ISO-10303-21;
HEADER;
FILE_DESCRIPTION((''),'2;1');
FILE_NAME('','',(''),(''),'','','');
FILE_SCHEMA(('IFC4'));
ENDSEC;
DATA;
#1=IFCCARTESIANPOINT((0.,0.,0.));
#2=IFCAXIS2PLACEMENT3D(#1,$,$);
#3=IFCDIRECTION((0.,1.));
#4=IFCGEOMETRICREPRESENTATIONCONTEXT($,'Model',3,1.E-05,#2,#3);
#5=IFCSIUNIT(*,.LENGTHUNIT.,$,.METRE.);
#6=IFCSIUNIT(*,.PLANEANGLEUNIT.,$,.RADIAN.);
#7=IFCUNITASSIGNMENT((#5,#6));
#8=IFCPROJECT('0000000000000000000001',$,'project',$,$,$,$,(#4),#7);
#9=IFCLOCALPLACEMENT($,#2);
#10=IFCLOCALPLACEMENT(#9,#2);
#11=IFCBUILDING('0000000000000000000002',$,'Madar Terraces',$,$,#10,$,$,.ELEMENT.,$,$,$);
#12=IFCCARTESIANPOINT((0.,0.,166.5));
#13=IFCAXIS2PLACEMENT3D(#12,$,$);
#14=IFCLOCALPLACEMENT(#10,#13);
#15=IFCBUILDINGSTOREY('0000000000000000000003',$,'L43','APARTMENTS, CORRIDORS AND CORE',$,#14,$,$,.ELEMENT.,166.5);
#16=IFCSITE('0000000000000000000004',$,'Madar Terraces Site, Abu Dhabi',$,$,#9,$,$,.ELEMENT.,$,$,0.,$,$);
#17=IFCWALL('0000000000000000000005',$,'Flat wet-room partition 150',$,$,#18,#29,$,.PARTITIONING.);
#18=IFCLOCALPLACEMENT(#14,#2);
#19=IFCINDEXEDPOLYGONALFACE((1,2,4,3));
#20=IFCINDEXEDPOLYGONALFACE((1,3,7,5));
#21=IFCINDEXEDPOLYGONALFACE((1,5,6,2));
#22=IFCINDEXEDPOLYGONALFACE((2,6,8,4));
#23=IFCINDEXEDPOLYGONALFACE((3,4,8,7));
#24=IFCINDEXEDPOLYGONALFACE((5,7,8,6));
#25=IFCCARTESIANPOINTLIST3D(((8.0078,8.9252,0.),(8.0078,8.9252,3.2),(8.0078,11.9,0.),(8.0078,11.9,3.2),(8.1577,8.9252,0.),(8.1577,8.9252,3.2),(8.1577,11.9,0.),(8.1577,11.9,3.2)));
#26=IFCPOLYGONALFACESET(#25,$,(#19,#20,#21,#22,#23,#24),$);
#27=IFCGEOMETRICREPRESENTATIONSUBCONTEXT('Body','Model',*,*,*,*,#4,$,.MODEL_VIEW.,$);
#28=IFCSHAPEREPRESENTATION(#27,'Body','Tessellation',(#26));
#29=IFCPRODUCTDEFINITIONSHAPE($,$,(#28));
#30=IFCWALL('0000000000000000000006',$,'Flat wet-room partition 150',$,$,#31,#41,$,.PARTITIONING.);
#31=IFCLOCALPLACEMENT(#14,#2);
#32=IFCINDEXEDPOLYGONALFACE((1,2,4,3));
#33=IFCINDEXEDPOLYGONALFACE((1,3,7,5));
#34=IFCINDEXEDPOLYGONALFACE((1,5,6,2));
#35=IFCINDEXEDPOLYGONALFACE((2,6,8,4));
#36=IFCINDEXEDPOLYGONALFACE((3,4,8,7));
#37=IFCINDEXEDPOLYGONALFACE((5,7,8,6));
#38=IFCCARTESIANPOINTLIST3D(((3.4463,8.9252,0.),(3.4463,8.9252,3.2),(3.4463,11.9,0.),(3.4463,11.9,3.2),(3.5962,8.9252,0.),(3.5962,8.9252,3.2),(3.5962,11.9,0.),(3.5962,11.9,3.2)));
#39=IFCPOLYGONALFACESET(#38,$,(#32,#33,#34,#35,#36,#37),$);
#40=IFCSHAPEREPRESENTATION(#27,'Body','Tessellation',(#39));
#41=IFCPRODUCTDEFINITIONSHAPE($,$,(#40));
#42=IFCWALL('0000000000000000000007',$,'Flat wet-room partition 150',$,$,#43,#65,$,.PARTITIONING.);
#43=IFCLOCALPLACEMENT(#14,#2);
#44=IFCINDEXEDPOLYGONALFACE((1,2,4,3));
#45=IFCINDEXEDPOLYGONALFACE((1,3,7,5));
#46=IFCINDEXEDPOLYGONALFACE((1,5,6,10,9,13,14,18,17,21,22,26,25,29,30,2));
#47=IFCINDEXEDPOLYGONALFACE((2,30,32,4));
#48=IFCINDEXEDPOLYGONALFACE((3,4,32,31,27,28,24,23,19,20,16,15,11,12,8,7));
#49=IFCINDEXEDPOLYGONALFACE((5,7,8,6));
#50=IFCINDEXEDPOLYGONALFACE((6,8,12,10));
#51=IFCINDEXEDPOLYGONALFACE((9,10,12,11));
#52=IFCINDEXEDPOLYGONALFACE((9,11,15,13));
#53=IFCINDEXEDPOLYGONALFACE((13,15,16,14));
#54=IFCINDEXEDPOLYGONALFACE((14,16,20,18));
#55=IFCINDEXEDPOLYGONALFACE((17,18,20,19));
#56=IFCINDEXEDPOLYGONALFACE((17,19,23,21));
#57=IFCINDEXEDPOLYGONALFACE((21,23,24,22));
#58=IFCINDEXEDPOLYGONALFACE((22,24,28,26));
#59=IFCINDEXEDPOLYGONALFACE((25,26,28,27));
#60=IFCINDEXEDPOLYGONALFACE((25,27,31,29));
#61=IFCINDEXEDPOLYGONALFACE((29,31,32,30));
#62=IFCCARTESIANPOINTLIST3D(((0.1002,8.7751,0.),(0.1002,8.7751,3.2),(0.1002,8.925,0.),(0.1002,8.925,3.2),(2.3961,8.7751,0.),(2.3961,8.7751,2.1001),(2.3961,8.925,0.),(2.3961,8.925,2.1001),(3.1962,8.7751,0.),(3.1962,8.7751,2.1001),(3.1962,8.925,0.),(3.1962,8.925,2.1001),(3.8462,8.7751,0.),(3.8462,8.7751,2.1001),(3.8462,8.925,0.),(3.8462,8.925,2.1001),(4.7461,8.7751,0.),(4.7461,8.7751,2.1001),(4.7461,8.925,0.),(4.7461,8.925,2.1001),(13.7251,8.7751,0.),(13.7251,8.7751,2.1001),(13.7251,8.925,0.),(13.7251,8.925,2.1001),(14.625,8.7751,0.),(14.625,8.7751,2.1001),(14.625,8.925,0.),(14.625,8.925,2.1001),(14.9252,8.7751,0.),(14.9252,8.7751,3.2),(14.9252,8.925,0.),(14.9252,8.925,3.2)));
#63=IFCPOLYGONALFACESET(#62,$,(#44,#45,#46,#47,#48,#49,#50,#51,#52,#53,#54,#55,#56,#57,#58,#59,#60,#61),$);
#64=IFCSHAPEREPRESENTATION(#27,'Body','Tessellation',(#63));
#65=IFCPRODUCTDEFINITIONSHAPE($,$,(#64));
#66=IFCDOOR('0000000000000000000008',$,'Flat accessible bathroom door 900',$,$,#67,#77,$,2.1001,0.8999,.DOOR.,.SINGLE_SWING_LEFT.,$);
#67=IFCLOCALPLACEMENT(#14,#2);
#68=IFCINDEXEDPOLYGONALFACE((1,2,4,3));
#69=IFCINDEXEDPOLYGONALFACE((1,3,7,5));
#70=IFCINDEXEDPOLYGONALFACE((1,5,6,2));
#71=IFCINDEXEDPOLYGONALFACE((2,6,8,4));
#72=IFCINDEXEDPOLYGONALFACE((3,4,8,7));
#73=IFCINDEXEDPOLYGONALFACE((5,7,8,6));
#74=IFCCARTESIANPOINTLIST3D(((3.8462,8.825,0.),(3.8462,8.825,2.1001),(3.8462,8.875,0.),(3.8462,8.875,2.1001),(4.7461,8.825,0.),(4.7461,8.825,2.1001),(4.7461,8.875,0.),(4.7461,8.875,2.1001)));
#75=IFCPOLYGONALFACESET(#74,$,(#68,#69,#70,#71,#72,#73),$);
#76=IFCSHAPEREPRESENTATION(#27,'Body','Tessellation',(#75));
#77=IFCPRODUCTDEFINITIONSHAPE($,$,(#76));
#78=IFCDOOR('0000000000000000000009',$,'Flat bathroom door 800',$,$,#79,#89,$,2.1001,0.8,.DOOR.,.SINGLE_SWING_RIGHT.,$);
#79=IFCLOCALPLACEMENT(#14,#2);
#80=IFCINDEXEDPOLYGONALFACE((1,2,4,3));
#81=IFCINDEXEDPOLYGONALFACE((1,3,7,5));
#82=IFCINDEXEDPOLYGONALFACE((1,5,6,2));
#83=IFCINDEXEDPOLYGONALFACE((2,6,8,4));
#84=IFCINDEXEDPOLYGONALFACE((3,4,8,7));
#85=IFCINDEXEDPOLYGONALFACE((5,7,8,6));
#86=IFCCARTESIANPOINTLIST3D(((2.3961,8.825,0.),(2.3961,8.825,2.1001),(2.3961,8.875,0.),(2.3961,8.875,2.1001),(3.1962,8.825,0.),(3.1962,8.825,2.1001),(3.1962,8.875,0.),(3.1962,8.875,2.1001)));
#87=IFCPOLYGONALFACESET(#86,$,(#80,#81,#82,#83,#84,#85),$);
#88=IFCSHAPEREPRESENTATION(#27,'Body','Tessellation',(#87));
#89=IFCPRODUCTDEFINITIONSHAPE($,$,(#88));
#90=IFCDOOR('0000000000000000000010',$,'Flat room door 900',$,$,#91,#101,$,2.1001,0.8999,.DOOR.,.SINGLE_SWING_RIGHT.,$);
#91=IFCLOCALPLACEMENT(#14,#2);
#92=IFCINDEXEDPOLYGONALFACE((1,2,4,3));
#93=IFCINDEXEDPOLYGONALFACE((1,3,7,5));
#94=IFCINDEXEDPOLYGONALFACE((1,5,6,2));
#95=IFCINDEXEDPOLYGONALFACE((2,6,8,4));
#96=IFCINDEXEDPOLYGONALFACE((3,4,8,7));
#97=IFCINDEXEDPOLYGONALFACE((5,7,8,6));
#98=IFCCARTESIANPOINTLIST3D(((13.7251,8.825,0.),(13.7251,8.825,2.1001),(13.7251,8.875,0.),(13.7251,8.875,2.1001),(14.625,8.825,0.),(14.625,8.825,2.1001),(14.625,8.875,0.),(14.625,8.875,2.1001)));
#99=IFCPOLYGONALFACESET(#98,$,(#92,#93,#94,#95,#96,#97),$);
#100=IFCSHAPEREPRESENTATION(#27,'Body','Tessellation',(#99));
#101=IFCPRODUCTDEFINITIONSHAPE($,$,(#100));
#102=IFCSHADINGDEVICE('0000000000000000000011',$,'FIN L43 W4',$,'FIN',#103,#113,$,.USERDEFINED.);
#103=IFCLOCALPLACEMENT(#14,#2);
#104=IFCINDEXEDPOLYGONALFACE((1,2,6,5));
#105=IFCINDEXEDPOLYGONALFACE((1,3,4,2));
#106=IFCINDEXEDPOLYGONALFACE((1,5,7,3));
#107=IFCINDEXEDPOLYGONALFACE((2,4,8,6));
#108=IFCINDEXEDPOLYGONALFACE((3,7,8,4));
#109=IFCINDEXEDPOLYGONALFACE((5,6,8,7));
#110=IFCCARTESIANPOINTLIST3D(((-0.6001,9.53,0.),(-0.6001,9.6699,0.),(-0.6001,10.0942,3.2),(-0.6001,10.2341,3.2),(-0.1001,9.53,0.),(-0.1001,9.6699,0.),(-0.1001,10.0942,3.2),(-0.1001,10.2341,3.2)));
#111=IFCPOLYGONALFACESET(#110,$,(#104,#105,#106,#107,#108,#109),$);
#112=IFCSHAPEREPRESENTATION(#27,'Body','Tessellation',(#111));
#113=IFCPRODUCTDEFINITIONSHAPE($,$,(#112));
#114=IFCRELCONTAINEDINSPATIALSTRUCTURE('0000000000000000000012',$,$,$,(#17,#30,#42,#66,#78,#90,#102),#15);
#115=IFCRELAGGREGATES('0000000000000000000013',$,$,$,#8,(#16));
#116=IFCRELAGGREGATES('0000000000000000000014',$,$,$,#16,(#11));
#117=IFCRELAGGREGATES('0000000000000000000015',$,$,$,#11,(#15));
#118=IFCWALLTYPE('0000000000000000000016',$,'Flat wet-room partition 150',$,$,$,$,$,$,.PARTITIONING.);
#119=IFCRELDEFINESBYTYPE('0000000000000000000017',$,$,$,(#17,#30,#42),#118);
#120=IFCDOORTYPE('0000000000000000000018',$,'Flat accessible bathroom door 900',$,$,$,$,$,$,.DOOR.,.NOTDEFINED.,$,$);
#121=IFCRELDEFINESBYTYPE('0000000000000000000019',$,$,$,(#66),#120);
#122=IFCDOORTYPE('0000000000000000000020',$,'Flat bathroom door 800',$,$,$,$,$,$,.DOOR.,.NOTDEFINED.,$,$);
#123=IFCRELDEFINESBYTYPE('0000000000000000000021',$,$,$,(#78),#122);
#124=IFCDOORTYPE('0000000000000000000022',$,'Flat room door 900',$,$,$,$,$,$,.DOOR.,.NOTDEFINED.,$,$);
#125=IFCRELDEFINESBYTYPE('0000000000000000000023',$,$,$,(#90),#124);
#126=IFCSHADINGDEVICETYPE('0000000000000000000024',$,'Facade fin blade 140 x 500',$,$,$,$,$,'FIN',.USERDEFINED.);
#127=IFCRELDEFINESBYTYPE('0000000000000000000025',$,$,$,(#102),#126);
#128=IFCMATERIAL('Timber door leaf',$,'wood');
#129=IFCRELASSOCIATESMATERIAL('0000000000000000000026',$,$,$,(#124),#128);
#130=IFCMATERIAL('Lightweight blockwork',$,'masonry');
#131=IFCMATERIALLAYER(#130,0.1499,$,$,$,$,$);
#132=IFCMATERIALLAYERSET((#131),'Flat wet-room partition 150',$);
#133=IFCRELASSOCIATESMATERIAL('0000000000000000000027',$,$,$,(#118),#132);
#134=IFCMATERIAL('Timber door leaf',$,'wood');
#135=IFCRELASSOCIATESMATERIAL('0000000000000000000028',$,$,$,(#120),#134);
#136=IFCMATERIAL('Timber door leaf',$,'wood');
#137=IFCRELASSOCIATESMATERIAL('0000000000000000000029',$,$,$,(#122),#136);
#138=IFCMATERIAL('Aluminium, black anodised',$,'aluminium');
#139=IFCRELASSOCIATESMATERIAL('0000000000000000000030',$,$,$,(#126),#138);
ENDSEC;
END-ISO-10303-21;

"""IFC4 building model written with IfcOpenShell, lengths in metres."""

from ifc_helpers import new_model, si_unit, direction, frame, frame_2d, origin, place, context, subcontext, project, spatial, polyline, rectangle, outline, extrude, material, layer, layer_set, type_object, element, fill, save


model = new_model("IFC4")

# Units and contexts
model_context = context("Model", 3, precision=1e-05, world=origin(), true_north=direction((0.0, 1.0)))
body_context = subcontext(model_context, "Body", "Model", "MODEL_VIEW")
ifc_project = project(units=[si_unit("LENGTHUNIT", "METRE"), si_unit("PLANEANGLEUNIT", "RADIAN")], contexts=[model_context])

# Site, building, storey
site_placement = place(None, origin())
site = spatial("IfcSite", under=ifc_project, at=site_placement, Name="Madar Terraces Site, Abu Dhabi", CompositionType="ELEMENT", RefElevation=0.0)
building_placement = place(site_placement, origin())
building = spatial("IfcBuilding", under=site, at=building_placement, Name="Madar Terraces", CompositionType="ELEMENT")
storey_placement = place(building_placement, frame((0.0, 0.0, 166.5)))
storey = spatial("IfcBuildingStorey", under=building, at=storey_placement, Name="L43", Description="APARTMENTS, CORRIDORS AND CORE", CompositionType="ELEMENT", Elevation=166.5)

# Shared definitions
ifc_material_1 = material(Name="Timber door leaf", Category="wood")
door_type_1 = type_object("IfcDoorType", Name="Flat room door 900", OperationType="NOTDEFINED", PredefinedType="DOOR", material=ifc_material_1)

# Walls
ifc_material_2 = material(Name="Lightweight blockwork", Category="masonry")
ifc_layer_1 = layer(ifc_material_2, 0.1499)
ifc_layer_set_1 = layer_set([ifc_layer_1], Name="Flat wet-room partition 150")
wall_type_1 = type_object("IfcWallType", Name="Flat wet-room partition 150", PredefinedType="PARTITIONING", material=ifc_layer_set_1)
for number, where, z_axis, x_axis, name in (
    (1, (8.0828, 11.8999, 0.0), (0.0, 0.0, 1.0), (0.0, -1.0, 0.0), "Flat wet-room partition 150"),
    (2, (3.5212, 11.8999, 0.0), (0.0, 0.0, 1.0), (0.0, -1.0, 0.0), "Flat wet-room partition 150"),
):
    element("IfcWall", number, at=place(storey_placement, frame(where, z_axis=z_axis, x_axis=x_axis)), inside=storey, type_object=wall_type_1, Name=name, PredefinedType="PARTITIONING", context=body_context, shape_type="SweptSolid", body=[
        extrude(rectangle(XDim=2.9749, YDim=0.1499, at=frame_2d((1.4873, 0.0))), origin(), (0.0, 0.0, 1.0), 3.2),
    ])

# Wall, openings, doors
wall_1_placement = place(storey_placement, frame((0.1001, 8.8501, 0.0), z_axis=(0.0, 0.0, 1.0), x_axis=(1.0, 0.0, 0.0)))
wall_1 = element("IfcWall", 3, at=wall_1_placement, inside=storey, type_object=wall_type_1, Name="Flat wet-room partition 150", PredefinedType="PARTITIONING", context=body_context, shape_type="SweptSolid", body=[
    extrude(rectangle(XDim=14.825, YDim=0.1499, at=frame_2d((7.4126, 0.0))), origin(), (0.0, 0.0, 1.0), 3.2),
])
opening_1_placement = place(wall_1_placement, frame((13.625, 0.0, 0.0)))
opening_1 = element("IfcOpeningElement", 4, at=opening_1_placement, cuts=wall_1, PredefinedType="OPENING", context=body_context, shape_type="SweptSolid", body=[
    extrude(rectangle(XDim=0.8999, YDim=2.1001, at=frame_2d((0.45, 1.05))), frame((0.0, 0.085, 0.0), z_axis=(0.0, -1.0, 0.0), x_axis=(1.0, 0.0, 0.0)), (0.0, 0.0, 1.0), 0.1699),
])
opening_2_placement = place(wall_1_placement, frame((3.7461, 0.0, 0.0)))
opening_2 = element("IfcOpeningElement", 5, at=opening_2_placement, cuts=wall_1, PredefinedType="OPENING", context=body_context, shape_type="SweptSolid", body=[
    extrude(rectangle(XDim=0.8999, YDim=2.1001, at=frame_2d((0.45, 1.05))), frame((0.0, 0.085, 0.0), z_axis=(0.0, -1.0, 0.0), x_axis=(1.0, 0.0, 0.0)), (0.0, 0.0, 1.0), 0.1699),
])
opening_3_placement = place(wall_1_placement, frame((2.2961, 0.0, 0.0)))
opening_3 = element("IfcOpeningElement", 6, at=opening_3_placement, cuts=wall_1, PredefinedType="OPENING", context=body_context, shape_type="SweptSolid", body=[
    extrude(rectangle(XDim=0.8, YDim=2.1001, at=frame_2d((0.3999, 1.05))), frame((0.0, 0.085, 0.0), z_axis=(0.0, -1.0, 0.0), x_axis=(1.0, 0.0, 0.0)), (0.0, 0.0, 1.0), 0.1699),
])
ifc_material_3 = material(Name="Timber door leaf", Category="wood")
door_type_2 = type_object("IfcDoorType", Name="Flat accessible bathroom door 900", OperationType="NOTDEFINED", PredefinedType="DOOR", material=ifc_material_3)
door_1_placement = place(opening_2_placement, origin())
door_1 = element("IfcDoor", 7, at=door_1_placement, inside=storey, type_object=door_type_2, Name="Flat accessible bathroom door 900", OperationType="SINGLE_SWING_LEFT", OverallHeight=2.1001, OverallWidth=0.8999, PredefinedType="DOOR", context=body_context, shape_type="SweptSolid", body=[
    extrude(rectangle(XDim=0.8999, YDim=2.1001, at=frame_2d((0.45, 1.05))), frame((0.0, 0.0249, 0.0), z_axis=(0.0, -1.0, 0.0), x_axis=(1.0, 0.0, 0.0)), (0.0, 0.0, 1.0), 0.05),
])
fill(opening_2, door_1)
ifc_material_4 = material(Name="Timber door leaf", Category="wood")
door_type_3 = type_object("IfcDoorType", Name="Flat bathroom door 800", OperationType="NOTDEFINED", PredefinedType="DOOR", material=ifc_material_4)
door_2_placement = place(opening_3_placement, origin())
door_2 = element("IfcDoor", 8, at=door_2_placement, inside=storey, type_object=door_type_3, Name="Flat bathroom door 800", OperationType="SINGLE_SWING_RIGHT", OverallHeight=2.1001, OverallWidth=0.8, PredefinedType="DOOR", context=body_context, shape_type="SweptSolid", body=[
    extrude(rectangle(XDim=0.8, YDim=2.1001, at=frame_2d((0.3999, 1.05))), frame((0.0, 0.0249, 0.0), z_axis=(0.0, -1.0, 0.0), x_axis=(1.0, 0.0, 0.0)), (0.0, 0.0, 1.0), 0.05),
])
fill(opening_3, door_2)
door_3_placement = place(opening_1_placement, origin())
door_3 = element("IfcDoor", 9, at=door_3_placement, inside=storey, type_object=door_type_1, Name="Flat room door 900", OperationType="SINGLE_SWING_RIGHT", OverallHeight=2.1001, OverallWidth=0.8999, PredefinedType="DOOR", context=body_context, shape_type="SweptSolid", body=[
    extrude(rectangle(XDim=0.8999, YDim=2.1001, at=frame_2d((0.45, 1.05))), frame((0.0, 0.0249, 0.0), z_axis=(0.0, -1.0, 0.0), x_axis=(1.0, 0.0, 0.0)), (0.0, 0.0, 1.0), 0.05),
])
fill(opening_1, door_3)

# Shading device
ifc_material_5 = material(Name="Aluminium, black anodised", Category="aluminium")
shading_device_type = type_object("IfcShadingDeviceType", Name="Facade fin blade 140 x 500", ElementType="FIN", PredefinedType="USERDEFINED", material=ifc_material_5)
shading_device_placement = place(storey_placement, frame((-0.3501, 9.6699, 0.0), z_axis=(0.0, 0.0, 1.0), x_axis=(0.0, -1.0, 0.0)))
element("IfcShadingDevice", 10, at=shading_device_placement, inside=storey, type_object=shading_device_type, Name="FIN L43 W4", ObjectType="FIN", PredefinedType="USERDEFINED", context=body_context, shape_type="SweptSolid", body=[
    extrude(outline(polyline([(0.0, 0.0), (0.1399, 0.0), (-0.4243, 3.2), (-0.5642, 3.2), (0.0, 0.0)])), frame((0.0, 0.25, 0.0), z_axis=(0.0, -1.0, 0.0), x_axis=(1.0, 0.0, 0.0)), (0.0, 0.0, 1.0), 0.5),
])

save(model, "model.ifc")
